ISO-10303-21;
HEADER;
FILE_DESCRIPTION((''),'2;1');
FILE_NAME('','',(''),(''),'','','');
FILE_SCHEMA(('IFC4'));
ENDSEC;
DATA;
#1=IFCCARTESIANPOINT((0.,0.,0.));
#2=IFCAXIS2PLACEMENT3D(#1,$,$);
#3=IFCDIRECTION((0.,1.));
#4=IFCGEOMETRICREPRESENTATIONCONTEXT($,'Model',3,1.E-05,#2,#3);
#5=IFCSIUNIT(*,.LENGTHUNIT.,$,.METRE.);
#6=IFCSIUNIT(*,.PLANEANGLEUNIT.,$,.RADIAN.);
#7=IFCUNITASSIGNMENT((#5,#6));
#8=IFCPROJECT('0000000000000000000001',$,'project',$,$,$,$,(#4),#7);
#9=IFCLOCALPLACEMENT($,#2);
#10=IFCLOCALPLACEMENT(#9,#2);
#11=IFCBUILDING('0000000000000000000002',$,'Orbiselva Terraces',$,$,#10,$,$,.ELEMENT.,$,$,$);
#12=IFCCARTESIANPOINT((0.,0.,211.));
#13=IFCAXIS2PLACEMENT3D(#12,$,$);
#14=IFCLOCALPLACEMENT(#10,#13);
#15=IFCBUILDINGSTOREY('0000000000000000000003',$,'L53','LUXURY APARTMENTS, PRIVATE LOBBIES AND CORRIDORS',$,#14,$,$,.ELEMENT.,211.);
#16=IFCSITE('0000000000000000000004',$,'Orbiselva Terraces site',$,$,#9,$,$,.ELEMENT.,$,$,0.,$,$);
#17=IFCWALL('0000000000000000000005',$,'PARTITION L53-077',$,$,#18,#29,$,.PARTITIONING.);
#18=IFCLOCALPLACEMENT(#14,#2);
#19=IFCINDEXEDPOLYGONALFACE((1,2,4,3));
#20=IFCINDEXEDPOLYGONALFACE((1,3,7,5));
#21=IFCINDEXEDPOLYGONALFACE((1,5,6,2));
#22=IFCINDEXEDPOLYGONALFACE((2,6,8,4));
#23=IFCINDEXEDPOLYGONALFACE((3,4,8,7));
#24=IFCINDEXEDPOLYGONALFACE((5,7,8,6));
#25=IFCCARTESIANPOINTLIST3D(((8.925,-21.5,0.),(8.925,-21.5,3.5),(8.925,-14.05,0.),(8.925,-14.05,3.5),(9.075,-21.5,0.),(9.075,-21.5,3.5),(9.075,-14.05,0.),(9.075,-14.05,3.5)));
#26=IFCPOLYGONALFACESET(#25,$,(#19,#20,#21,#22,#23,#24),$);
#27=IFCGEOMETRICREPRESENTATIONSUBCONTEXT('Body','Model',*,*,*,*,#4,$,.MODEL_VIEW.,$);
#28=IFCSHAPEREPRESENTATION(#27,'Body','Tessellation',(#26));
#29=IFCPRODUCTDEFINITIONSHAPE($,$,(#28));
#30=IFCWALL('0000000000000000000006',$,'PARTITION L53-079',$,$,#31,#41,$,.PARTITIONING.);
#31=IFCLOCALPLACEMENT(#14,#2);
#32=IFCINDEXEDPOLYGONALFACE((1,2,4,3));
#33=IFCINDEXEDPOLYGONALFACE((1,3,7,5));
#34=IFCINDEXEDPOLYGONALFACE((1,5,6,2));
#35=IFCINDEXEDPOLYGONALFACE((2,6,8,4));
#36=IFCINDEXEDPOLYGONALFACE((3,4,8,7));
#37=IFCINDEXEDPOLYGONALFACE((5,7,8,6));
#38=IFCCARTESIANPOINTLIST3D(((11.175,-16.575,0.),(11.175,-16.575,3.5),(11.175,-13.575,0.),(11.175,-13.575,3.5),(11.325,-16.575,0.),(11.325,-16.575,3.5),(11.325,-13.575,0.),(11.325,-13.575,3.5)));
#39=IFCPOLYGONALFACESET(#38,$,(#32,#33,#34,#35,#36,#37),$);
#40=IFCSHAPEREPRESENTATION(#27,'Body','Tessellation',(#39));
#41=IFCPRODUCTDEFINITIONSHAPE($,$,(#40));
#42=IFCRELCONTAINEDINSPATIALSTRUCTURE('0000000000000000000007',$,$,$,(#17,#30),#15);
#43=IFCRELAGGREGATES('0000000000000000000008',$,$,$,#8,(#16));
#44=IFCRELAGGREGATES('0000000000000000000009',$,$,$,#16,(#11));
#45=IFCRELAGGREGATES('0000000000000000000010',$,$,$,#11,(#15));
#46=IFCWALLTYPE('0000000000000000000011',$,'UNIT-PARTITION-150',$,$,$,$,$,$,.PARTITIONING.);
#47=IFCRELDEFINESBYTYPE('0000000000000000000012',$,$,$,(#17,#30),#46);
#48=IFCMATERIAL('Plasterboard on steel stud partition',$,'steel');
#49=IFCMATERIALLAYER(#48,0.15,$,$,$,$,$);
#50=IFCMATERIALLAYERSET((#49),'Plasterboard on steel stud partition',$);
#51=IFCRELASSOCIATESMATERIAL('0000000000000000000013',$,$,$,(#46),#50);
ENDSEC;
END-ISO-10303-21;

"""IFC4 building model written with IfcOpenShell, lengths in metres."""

from ifc_helpers import new_model, si_unit, direction, frame, frame_2d, origin, place, context, subcontext, project, spatial, rectangle, extrude, material, layer, layer_set, type_object, element, save


model = new_model("IFC4")

# Units and contexts
model_context = context("Model", 3, precision=1e-05, world=origin(), true_north=direction((0.0, 1.0)))
body_context = subcontext(model_context, "Body", "Model", "MODEL_VIEW")
ifc_project = project(units=[si_unit("LENGTHUNIT", "METRE"), si_unit("PLANEANGLEUNIT", "RADIAN")], contexts=[model_context])

# Site, building, storey
site_placement = place(None, origin())
site = spatial("IfcSite", under=ifc_project, at=site_placement, Name="Orbiselva Terraces site", CompositionType="ELEMENT", RefElevation=0.0)
building_placement = place(site_placement, origin())
building = spatial("IfcBuilding", under=site, at=building_placement, Name="Orbiselva Terraces", CompositionType="ELEMENT")
storey_placement = place(building_placement, frame((0.0, 0.0, 211.0)))
storey = spatial("IfcBuildingStorey", under=building, at=storey_placement, Name="L53", Description="LUXURY APARTMENTS, PRIVATE LOBBIES AND CORRIDORS", CompositionType="ELEMENT", Elevation=211.0)

# Shared definitions
ifc_material_1 = material(Name="Plasterboard on steel stud partition", Category="steel")

# Shared definitions
ifc_layer_1 = layer(ifc_material_1, 0.15)
ifc_layer_set_1 = layer_set([ifc_layer_1], Name="Plasterboard on steel stud partition")
wall_type_1 = type_object("IfcWallType", Name="UNIT-PARTITION-150", PredefinedType="PARTITIONING", material=ifc_layer_set_1)

# Walls
wall_1_placement = place(storey_placement, frame((9.0, -21.5, 0.0), z_axis=(0.0, 0.0, 1.0), x_axis=(0.0, 1.0, 0.0)))
element("IfcWall", 1, at=wall_1_placement, inside=storey, type_object=wall_type_1, Name="PARTITION L53-077", PredefinedType="PARTITIONING", context=body_context, shape_type="SweptSolid", body=[
    extrude(rectangle(XDim=7.45, YDim=0.15, at=frame_2d((3.725, 0.0))), origin(), (0.0, 0.0, 1.0), 3.5),
])
wall_2_placement = place(storey_placement, frame((11.25, -16.575, 0.0), z_axis=(0.0, 0.0, 1.0), x_axis=(0.0, 1.0, 0.0)))
element("IfcWall", 2, at=wall_2_placement, inside=storey, type_object=wall_type_1, Name="PARTITION L53-079", PredefinedType="PARTITIONING", context=body_context, shape_type="SweptSolid", body=[
    extrude(rectangle(XDim=3.0, YDim=0.15, at=frame_2d((1.5, 0.0))), origin(), (0.0, 0.0, 1.0), 3.5),
])

save(model, "model.ifc")
